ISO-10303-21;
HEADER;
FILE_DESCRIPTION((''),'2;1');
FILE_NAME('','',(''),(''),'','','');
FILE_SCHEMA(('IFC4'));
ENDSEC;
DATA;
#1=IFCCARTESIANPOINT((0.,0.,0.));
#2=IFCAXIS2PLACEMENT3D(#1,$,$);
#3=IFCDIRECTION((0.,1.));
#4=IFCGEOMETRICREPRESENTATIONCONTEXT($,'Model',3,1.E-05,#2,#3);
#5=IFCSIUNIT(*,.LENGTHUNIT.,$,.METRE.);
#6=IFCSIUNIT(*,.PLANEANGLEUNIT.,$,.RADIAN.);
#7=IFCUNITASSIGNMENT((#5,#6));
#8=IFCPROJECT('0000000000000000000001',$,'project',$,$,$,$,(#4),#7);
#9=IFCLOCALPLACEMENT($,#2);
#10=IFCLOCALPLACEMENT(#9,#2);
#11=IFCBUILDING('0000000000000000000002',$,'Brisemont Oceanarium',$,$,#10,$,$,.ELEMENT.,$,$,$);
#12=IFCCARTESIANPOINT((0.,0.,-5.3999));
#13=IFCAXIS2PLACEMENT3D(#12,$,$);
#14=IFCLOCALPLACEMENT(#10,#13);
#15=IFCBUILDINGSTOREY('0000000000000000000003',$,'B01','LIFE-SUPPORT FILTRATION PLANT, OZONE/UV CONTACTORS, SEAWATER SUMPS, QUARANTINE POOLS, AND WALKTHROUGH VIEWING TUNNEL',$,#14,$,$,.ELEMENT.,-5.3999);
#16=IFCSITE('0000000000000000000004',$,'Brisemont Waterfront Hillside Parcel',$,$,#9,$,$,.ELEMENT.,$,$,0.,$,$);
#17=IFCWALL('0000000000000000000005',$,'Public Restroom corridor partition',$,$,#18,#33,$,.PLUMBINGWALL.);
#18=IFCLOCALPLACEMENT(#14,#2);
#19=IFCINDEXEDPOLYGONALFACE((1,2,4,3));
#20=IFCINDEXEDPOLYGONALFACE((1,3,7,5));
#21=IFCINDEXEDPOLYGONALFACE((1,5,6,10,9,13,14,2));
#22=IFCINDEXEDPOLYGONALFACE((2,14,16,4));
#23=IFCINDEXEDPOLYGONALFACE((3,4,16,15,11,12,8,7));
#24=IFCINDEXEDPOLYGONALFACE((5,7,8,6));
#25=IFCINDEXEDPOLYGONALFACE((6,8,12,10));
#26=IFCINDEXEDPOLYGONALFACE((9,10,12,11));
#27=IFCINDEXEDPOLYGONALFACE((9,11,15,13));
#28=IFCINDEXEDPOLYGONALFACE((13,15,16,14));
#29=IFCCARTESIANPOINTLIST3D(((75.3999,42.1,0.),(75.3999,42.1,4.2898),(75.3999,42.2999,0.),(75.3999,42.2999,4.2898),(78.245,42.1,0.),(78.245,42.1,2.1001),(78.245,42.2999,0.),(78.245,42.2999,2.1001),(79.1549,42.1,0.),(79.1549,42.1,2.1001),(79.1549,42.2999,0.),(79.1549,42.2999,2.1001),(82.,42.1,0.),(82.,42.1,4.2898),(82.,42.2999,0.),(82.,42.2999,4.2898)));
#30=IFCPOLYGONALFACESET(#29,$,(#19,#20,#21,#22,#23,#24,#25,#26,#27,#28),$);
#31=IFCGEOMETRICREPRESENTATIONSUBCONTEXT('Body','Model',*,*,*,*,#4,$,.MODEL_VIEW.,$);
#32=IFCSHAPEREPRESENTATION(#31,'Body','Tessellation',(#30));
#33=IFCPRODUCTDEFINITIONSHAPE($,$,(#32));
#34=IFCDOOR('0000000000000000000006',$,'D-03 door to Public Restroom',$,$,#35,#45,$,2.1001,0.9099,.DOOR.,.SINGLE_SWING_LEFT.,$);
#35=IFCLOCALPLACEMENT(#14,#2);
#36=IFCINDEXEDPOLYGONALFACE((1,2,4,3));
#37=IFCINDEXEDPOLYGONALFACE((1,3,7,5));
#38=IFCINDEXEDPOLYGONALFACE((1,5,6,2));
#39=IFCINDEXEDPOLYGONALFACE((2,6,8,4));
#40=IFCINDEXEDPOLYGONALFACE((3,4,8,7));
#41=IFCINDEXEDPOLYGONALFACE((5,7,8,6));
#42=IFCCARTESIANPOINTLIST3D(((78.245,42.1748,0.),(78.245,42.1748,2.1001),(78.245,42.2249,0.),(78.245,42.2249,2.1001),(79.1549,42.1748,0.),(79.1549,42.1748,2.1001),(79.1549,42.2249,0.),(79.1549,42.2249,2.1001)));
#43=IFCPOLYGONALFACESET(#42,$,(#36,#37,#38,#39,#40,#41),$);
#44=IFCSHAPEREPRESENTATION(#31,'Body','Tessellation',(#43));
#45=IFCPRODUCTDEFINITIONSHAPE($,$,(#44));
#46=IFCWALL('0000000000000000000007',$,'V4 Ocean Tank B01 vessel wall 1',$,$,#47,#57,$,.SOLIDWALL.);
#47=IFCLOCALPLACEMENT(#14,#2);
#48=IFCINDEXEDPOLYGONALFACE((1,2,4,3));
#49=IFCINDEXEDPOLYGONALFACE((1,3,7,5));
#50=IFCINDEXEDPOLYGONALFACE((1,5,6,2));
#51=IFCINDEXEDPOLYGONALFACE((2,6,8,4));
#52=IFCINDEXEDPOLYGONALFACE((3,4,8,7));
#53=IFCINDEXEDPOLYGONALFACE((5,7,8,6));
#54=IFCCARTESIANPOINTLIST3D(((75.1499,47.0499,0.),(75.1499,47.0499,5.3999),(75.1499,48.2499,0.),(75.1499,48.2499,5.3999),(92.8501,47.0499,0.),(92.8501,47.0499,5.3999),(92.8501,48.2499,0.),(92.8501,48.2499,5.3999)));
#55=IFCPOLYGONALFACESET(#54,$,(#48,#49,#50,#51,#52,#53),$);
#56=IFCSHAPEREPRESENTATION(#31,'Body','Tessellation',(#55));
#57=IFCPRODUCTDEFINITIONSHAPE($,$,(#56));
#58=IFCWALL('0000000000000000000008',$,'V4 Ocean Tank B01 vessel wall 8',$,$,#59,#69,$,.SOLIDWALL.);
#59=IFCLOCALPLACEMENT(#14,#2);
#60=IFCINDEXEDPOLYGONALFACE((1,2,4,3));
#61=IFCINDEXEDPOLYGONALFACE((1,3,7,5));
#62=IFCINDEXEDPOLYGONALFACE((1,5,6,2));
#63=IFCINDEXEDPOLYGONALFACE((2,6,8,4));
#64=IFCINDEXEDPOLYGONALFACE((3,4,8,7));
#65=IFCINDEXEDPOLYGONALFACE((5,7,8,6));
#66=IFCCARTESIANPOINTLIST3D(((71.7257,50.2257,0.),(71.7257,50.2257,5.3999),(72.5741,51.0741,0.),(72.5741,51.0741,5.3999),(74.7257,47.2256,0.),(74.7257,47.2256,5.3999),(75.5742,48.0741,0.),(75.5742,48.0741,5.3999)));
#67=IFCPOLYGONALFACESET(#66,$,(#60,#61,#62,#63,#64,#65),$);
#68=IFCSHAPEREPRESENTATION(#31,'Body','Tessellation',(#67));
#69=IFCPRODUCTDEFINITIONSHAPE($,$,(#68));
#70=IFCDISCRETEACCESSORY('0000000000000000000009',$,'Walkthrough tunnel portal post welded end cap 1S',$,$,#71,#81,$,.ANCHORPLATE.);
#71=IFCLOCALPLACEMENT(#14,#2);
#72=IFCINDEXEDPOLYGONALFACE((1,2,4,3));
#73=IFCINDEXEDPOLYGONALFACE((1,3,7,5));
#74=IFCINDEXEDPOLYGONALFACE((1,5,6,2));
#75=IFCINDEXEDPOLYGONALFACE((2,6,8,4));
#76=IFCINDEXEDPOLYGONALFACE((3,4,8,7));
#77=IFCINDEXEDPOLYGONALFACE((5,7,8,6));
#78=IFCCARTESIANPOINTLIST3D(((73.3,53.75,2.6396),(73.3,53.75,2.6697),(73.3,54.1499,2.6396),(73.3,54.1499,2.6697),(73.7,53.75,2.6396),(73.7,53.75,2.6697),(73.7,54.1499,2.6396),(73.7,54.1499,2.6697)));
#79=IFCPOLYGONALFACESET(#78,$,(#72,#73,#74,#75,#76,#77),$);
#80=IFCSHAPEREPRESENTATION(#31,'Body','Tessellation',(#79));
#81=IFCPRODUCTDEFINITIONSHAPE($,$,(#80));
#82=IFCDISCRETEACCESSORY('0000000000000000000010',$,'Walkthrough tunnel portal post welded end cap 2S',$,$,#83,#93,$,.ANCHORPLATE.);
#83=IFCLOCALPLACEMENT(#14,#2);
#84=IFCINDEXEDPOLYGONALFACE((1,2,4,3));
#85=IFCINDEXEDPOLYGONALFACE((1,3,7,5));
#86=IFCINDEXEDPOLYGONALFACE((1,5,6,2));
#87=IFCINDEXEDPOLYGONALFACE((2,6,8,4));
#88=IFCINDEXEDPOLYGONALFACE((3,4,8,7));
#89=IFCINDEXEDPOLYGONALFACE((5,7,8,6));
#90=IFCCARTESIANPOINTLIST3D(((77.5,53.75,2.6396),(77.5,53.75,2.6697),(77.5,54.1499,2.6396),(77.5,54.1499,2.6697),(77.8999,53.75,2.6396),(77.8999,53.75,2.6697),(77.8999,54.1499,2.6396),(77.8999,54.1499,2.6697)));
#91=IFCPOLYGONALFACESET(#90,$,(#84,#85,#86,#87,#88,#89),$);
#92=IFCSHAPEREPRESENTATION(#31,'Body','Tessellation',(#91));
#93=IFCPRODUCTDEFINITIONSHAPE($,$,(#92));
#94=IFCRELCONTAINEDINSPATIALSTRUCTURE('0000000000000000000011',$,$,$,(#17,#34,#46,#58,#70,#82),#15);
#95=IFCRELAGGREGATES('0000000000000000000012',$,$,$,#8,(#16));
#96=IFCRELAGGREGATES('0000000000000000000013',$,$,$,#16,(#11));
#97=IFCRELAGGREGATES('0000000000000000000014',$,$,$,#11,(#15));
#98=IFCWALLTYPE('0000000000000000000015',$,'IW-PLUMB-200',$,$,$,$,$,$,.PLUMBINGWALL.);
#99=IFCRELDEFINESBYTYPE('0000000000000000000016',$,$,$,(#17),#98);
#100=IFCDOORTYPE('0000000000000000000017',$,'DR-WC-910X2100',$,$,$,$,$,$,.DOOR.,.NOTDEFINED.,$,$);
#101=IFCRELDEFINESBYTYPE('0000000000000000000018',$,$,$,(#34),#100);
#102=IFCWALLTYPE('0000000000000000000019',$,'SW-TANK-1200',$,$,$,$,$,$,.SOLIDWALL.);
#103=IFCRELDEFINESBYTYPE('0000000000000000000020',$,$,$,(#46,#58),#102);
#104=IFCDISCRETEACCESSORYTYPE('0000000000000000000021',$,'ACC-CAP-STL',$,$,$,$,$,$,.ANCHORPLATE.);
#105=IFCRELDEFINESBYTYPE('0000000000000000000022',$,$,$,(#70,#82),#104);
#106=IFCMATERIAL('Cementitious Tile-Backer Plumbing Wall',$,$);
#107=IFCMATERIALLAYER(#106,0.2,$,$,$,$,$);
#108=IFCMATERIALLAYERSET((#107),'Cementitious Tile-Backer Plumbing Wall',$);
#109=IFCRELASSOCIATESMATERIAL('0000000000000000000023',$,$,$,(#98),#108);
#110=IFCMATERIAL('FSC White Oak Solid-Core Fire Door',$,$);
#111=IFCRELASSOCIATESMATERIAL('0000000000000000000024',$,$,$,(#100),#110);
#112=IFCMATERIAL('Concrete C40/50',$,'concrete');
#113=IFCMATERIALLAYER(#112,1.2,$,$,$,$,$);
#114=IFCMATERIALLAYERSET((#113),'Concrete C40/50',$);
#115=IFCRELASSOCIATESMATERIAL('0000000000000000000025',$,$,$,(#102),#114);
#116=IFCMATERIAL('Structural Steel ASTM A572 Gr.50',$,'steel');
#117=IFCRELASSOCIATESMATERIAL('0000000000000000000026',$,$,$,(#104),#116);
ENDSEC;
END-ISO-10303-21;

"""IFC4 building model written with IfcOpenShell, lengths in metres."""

from ifc_helpers import new_model, si_unit, direction, frame, frame_2d, origin, origin_2d, place, context, subcontext, project, spatial, rectangle, extrude, material, layer, layer_set, type_object, element, fill, save


model = new_model("IFC4")

# Units and contexts
model_context = context("Model", 3, precision=1e-05, world=origin(), true_north=direction((0.0, 1.0)))
body_context = subcontext(model_context, "Body", "Model", "MODEL_VIEW")
ifc_project = project(units=[si_unit("LENGTHUNIT", "METRE"), si_unit("PLANEANGLEUNIT", "RADIAN")], contexts=[model_context])

# Site, building, storey
site_placement = place(None, origin())
site = spatial("IfcSite", under=ifc_project, at=site_placement, Name="Brisemont Waterfront Hillside Parcel", CompositionType="ELEMENT", RefElevation=0.0)
building_placement = place(site_placement, origin())
building = spatial("IfcBuilding", under=site, at=building_placement, Name="Brisemont Oceanarium", CompositionType="ELEMENT")
storey_placement = place(building_placement, frame((0.0, 0.0, -5.3999)))
storey = spatial("IfcBuildingStorey", under=building, at=storey_placement, Name="B01", Description="LIFE-SUPPORT FILTRATION PLANT, OZONE/UV CONTACTORS, SEAWATER SUMPS, QUARANTINE POOLS, AND WALKTHROUGH VIEWING TUNNEL", CompositionType="ELEMENT", Elevation=-5.3999)

# Wall, opening, door
ifc_material_1 = material(Name="Cementitious Tile-Backer Plumbing Wall")
ifc_layer_1 = layer(ifc_material_1, 0.2)
ifc_layer_set_1 = layer_set([ifc_layer_1], Name="Cementitious Tile-Backer Plumbing Wall")
wall_type_1 = type_object("IfcWallType", Name="IW-PLUMB-200", PredefinedType="PLUMBINGWALL", material=ifc_layer_set_1)
ifc_material_2 = material(Name="FSC White Oak Solid-Core Fire Door")
door_type_1 = type_object("IfcDoorType", Name="DR-WC-910X2100", OperationType="NOTDEFINED", PredefinedType="DOOR", material=ifc_material_2)
wall_1_placement = place(storey_placement, frame((75.3999, 42.2, 0.0), z_axis=(0.0, 0.0, 1.0), x_axis=(1.0, 0.0, 0.0)))
wall_1 = element("IfcWall", 1, at=wall_1_placement, inside=storey, type_object=wall_type_1, Name="Public Restroom corridor partition", PredefinedType="PLUMBINGWALL", context=body_context, shape_type="SweptSolid", body=[
    extrude(rectangle(XDim=6.6001, YDim=0.2, at=frame_2d((3.3, 0.0))), origin(), (0.0, 0.0, 1.0), 4.2898),
])
opening_1_placement = place(wall_1_placement, frame((2.845, 0.0, 0.0)))
opening_1 = element("IfcOpeningElement", 2, at=opening_1_placement, cuts=wall_1, PredefinedType="OPENING", context=body_context, shape_type="SweptSolid", body=[
    extrude(rectangle(XDim=0.9099, YDim=2.1001, at=frame_2d((0.4551, 1.05))), frame((0.0, 0.1099, 0.0), z_axis=(0.0, -1.0, 0.0), x_axis=(1.0, 0.0, 0.0)), (0.0, 0.0, 1.0), 0.22),
])
door_1_placement = place(opening_1_placement, origin())
door_1 = element("IfcDoor", 3, at=door_1_placement, inside=storey, type_object=door_type_1, Name="D-03 door to Public Restroom", OperationType="SINGLE_SWING_LEFT", OverallHeight=2.1001, OverallWidth=0.9099, PredefinedType="DOOR", context=body_context, shape_type="SweptSolid", body=[
    extrude(rectangle(XDim=0.9099, YDim=2.1001, at=frame_2d((0.4551, 1.05))), frame((0.0, 0.0249, 0.0), z_axis=(0.0, -1.0, 0.0), x_axis=(1.0, 0.0, 0.0)), (0.0, 0.0, 1.0), 0.05),
])
fill(opening_1, door_1)

# Walls
ifc_material_3 = material(Name="Concrete C40/50", Category="concrete")
ifc_layer_2 = layer(ifc_material_3, 1.2)
ifc_layer_set_2 = layer_set([ifc_layer_2], Name="Concrete C40/50")
wall_type_2 = type_object("IfcWallType", Name="SW-TANK-1200", PredefinedType="SOLIDWALL", material=ifc_layer_set_2)
wall_2_placement = place(storey_placement, frame((75.1499, 47.6499, 0.0), z_axis=(0.0, 0.0, 1.0), x_axis=(1.0, 0.0, 0.0)))
element("IfcWall", 4, at=wall_2_placement, inside=storey, type_object=wall_type_2, Name="V4 Ocean Tank B01 vessel wall 1", PredefinedType="SOLIDWALL", context=body_context, shape_type="SweptSolid", body=[
    extrude(rectangle(XDim=17.7002, YDim=1.2, at=frame_2d((8.8501, 0.0))), origin(), (0.0, 0.0, 1.0), 5.3999),
])
wall_3_placement = place(storey_placement, frame((72.1499, 50.6499, 0.0), z_axis=(0.0, 0.0, 1.0), x_axis=(0.707107, -0.707107, 0.0)))
element("IfcWall", 5, at=wall_3_placement, inside=storey, type_object=wall_type_2, Name="V4 Ocean Tank B01 vessel wall 8", PredefinedType="SOLIDWALL", context=body_context, shape_type="SweptSolid", body=[
    extrude(rectangle(XDim=4.2427, YDim=1.2, at=frame_2d((2.1213, 0.0))), origin(), (0.0, 0.0, 1.0), 5.3999),
])

# Discrete accessories
ifc_material_4 = material(Name="Structural Steel ASTM A572 Gr.50", Category="steel")
discrete_accessory_type = type_object("IfcDiscreteAccessoryType", Name="ACC-CAP-STL", PredefinedType="ANCHORPLATE", material=ifc_material_4)
for number, where, z_axis, x_axis, name in (
    (6, (73.5, 53.95, 2.6396), (0.0, 0.0, 1.0), (1.0, 0.0, 0.0), "Walkthrough tunnel portal post welded end cap 1S"),
    (7, (77.7, 53.95, 2.6396), (0.0, 0.0, 1.0), (1.0, 0.0, 0.0), "Walkthrough tunnel portal post welded end cap 2S"),
):
    element("IfcDiscreteAccessory", number, at=place(storey_placement, frame(where, z_axis=z_axis, x_axis=x_axis)), inside=storey, type_object=discrete_accessory_type, Name=name, PredefinedType="ANCHORPLATE", context=body_context, shape_type="SweptSolid", body=[
        extrude(rectangle(XDim=0.3999, YDim=0.3999, at=origin_2d()), origin(), (0.0, 0.0, 1.0), 0.03),
    ])

save(model, "model.ifc")
